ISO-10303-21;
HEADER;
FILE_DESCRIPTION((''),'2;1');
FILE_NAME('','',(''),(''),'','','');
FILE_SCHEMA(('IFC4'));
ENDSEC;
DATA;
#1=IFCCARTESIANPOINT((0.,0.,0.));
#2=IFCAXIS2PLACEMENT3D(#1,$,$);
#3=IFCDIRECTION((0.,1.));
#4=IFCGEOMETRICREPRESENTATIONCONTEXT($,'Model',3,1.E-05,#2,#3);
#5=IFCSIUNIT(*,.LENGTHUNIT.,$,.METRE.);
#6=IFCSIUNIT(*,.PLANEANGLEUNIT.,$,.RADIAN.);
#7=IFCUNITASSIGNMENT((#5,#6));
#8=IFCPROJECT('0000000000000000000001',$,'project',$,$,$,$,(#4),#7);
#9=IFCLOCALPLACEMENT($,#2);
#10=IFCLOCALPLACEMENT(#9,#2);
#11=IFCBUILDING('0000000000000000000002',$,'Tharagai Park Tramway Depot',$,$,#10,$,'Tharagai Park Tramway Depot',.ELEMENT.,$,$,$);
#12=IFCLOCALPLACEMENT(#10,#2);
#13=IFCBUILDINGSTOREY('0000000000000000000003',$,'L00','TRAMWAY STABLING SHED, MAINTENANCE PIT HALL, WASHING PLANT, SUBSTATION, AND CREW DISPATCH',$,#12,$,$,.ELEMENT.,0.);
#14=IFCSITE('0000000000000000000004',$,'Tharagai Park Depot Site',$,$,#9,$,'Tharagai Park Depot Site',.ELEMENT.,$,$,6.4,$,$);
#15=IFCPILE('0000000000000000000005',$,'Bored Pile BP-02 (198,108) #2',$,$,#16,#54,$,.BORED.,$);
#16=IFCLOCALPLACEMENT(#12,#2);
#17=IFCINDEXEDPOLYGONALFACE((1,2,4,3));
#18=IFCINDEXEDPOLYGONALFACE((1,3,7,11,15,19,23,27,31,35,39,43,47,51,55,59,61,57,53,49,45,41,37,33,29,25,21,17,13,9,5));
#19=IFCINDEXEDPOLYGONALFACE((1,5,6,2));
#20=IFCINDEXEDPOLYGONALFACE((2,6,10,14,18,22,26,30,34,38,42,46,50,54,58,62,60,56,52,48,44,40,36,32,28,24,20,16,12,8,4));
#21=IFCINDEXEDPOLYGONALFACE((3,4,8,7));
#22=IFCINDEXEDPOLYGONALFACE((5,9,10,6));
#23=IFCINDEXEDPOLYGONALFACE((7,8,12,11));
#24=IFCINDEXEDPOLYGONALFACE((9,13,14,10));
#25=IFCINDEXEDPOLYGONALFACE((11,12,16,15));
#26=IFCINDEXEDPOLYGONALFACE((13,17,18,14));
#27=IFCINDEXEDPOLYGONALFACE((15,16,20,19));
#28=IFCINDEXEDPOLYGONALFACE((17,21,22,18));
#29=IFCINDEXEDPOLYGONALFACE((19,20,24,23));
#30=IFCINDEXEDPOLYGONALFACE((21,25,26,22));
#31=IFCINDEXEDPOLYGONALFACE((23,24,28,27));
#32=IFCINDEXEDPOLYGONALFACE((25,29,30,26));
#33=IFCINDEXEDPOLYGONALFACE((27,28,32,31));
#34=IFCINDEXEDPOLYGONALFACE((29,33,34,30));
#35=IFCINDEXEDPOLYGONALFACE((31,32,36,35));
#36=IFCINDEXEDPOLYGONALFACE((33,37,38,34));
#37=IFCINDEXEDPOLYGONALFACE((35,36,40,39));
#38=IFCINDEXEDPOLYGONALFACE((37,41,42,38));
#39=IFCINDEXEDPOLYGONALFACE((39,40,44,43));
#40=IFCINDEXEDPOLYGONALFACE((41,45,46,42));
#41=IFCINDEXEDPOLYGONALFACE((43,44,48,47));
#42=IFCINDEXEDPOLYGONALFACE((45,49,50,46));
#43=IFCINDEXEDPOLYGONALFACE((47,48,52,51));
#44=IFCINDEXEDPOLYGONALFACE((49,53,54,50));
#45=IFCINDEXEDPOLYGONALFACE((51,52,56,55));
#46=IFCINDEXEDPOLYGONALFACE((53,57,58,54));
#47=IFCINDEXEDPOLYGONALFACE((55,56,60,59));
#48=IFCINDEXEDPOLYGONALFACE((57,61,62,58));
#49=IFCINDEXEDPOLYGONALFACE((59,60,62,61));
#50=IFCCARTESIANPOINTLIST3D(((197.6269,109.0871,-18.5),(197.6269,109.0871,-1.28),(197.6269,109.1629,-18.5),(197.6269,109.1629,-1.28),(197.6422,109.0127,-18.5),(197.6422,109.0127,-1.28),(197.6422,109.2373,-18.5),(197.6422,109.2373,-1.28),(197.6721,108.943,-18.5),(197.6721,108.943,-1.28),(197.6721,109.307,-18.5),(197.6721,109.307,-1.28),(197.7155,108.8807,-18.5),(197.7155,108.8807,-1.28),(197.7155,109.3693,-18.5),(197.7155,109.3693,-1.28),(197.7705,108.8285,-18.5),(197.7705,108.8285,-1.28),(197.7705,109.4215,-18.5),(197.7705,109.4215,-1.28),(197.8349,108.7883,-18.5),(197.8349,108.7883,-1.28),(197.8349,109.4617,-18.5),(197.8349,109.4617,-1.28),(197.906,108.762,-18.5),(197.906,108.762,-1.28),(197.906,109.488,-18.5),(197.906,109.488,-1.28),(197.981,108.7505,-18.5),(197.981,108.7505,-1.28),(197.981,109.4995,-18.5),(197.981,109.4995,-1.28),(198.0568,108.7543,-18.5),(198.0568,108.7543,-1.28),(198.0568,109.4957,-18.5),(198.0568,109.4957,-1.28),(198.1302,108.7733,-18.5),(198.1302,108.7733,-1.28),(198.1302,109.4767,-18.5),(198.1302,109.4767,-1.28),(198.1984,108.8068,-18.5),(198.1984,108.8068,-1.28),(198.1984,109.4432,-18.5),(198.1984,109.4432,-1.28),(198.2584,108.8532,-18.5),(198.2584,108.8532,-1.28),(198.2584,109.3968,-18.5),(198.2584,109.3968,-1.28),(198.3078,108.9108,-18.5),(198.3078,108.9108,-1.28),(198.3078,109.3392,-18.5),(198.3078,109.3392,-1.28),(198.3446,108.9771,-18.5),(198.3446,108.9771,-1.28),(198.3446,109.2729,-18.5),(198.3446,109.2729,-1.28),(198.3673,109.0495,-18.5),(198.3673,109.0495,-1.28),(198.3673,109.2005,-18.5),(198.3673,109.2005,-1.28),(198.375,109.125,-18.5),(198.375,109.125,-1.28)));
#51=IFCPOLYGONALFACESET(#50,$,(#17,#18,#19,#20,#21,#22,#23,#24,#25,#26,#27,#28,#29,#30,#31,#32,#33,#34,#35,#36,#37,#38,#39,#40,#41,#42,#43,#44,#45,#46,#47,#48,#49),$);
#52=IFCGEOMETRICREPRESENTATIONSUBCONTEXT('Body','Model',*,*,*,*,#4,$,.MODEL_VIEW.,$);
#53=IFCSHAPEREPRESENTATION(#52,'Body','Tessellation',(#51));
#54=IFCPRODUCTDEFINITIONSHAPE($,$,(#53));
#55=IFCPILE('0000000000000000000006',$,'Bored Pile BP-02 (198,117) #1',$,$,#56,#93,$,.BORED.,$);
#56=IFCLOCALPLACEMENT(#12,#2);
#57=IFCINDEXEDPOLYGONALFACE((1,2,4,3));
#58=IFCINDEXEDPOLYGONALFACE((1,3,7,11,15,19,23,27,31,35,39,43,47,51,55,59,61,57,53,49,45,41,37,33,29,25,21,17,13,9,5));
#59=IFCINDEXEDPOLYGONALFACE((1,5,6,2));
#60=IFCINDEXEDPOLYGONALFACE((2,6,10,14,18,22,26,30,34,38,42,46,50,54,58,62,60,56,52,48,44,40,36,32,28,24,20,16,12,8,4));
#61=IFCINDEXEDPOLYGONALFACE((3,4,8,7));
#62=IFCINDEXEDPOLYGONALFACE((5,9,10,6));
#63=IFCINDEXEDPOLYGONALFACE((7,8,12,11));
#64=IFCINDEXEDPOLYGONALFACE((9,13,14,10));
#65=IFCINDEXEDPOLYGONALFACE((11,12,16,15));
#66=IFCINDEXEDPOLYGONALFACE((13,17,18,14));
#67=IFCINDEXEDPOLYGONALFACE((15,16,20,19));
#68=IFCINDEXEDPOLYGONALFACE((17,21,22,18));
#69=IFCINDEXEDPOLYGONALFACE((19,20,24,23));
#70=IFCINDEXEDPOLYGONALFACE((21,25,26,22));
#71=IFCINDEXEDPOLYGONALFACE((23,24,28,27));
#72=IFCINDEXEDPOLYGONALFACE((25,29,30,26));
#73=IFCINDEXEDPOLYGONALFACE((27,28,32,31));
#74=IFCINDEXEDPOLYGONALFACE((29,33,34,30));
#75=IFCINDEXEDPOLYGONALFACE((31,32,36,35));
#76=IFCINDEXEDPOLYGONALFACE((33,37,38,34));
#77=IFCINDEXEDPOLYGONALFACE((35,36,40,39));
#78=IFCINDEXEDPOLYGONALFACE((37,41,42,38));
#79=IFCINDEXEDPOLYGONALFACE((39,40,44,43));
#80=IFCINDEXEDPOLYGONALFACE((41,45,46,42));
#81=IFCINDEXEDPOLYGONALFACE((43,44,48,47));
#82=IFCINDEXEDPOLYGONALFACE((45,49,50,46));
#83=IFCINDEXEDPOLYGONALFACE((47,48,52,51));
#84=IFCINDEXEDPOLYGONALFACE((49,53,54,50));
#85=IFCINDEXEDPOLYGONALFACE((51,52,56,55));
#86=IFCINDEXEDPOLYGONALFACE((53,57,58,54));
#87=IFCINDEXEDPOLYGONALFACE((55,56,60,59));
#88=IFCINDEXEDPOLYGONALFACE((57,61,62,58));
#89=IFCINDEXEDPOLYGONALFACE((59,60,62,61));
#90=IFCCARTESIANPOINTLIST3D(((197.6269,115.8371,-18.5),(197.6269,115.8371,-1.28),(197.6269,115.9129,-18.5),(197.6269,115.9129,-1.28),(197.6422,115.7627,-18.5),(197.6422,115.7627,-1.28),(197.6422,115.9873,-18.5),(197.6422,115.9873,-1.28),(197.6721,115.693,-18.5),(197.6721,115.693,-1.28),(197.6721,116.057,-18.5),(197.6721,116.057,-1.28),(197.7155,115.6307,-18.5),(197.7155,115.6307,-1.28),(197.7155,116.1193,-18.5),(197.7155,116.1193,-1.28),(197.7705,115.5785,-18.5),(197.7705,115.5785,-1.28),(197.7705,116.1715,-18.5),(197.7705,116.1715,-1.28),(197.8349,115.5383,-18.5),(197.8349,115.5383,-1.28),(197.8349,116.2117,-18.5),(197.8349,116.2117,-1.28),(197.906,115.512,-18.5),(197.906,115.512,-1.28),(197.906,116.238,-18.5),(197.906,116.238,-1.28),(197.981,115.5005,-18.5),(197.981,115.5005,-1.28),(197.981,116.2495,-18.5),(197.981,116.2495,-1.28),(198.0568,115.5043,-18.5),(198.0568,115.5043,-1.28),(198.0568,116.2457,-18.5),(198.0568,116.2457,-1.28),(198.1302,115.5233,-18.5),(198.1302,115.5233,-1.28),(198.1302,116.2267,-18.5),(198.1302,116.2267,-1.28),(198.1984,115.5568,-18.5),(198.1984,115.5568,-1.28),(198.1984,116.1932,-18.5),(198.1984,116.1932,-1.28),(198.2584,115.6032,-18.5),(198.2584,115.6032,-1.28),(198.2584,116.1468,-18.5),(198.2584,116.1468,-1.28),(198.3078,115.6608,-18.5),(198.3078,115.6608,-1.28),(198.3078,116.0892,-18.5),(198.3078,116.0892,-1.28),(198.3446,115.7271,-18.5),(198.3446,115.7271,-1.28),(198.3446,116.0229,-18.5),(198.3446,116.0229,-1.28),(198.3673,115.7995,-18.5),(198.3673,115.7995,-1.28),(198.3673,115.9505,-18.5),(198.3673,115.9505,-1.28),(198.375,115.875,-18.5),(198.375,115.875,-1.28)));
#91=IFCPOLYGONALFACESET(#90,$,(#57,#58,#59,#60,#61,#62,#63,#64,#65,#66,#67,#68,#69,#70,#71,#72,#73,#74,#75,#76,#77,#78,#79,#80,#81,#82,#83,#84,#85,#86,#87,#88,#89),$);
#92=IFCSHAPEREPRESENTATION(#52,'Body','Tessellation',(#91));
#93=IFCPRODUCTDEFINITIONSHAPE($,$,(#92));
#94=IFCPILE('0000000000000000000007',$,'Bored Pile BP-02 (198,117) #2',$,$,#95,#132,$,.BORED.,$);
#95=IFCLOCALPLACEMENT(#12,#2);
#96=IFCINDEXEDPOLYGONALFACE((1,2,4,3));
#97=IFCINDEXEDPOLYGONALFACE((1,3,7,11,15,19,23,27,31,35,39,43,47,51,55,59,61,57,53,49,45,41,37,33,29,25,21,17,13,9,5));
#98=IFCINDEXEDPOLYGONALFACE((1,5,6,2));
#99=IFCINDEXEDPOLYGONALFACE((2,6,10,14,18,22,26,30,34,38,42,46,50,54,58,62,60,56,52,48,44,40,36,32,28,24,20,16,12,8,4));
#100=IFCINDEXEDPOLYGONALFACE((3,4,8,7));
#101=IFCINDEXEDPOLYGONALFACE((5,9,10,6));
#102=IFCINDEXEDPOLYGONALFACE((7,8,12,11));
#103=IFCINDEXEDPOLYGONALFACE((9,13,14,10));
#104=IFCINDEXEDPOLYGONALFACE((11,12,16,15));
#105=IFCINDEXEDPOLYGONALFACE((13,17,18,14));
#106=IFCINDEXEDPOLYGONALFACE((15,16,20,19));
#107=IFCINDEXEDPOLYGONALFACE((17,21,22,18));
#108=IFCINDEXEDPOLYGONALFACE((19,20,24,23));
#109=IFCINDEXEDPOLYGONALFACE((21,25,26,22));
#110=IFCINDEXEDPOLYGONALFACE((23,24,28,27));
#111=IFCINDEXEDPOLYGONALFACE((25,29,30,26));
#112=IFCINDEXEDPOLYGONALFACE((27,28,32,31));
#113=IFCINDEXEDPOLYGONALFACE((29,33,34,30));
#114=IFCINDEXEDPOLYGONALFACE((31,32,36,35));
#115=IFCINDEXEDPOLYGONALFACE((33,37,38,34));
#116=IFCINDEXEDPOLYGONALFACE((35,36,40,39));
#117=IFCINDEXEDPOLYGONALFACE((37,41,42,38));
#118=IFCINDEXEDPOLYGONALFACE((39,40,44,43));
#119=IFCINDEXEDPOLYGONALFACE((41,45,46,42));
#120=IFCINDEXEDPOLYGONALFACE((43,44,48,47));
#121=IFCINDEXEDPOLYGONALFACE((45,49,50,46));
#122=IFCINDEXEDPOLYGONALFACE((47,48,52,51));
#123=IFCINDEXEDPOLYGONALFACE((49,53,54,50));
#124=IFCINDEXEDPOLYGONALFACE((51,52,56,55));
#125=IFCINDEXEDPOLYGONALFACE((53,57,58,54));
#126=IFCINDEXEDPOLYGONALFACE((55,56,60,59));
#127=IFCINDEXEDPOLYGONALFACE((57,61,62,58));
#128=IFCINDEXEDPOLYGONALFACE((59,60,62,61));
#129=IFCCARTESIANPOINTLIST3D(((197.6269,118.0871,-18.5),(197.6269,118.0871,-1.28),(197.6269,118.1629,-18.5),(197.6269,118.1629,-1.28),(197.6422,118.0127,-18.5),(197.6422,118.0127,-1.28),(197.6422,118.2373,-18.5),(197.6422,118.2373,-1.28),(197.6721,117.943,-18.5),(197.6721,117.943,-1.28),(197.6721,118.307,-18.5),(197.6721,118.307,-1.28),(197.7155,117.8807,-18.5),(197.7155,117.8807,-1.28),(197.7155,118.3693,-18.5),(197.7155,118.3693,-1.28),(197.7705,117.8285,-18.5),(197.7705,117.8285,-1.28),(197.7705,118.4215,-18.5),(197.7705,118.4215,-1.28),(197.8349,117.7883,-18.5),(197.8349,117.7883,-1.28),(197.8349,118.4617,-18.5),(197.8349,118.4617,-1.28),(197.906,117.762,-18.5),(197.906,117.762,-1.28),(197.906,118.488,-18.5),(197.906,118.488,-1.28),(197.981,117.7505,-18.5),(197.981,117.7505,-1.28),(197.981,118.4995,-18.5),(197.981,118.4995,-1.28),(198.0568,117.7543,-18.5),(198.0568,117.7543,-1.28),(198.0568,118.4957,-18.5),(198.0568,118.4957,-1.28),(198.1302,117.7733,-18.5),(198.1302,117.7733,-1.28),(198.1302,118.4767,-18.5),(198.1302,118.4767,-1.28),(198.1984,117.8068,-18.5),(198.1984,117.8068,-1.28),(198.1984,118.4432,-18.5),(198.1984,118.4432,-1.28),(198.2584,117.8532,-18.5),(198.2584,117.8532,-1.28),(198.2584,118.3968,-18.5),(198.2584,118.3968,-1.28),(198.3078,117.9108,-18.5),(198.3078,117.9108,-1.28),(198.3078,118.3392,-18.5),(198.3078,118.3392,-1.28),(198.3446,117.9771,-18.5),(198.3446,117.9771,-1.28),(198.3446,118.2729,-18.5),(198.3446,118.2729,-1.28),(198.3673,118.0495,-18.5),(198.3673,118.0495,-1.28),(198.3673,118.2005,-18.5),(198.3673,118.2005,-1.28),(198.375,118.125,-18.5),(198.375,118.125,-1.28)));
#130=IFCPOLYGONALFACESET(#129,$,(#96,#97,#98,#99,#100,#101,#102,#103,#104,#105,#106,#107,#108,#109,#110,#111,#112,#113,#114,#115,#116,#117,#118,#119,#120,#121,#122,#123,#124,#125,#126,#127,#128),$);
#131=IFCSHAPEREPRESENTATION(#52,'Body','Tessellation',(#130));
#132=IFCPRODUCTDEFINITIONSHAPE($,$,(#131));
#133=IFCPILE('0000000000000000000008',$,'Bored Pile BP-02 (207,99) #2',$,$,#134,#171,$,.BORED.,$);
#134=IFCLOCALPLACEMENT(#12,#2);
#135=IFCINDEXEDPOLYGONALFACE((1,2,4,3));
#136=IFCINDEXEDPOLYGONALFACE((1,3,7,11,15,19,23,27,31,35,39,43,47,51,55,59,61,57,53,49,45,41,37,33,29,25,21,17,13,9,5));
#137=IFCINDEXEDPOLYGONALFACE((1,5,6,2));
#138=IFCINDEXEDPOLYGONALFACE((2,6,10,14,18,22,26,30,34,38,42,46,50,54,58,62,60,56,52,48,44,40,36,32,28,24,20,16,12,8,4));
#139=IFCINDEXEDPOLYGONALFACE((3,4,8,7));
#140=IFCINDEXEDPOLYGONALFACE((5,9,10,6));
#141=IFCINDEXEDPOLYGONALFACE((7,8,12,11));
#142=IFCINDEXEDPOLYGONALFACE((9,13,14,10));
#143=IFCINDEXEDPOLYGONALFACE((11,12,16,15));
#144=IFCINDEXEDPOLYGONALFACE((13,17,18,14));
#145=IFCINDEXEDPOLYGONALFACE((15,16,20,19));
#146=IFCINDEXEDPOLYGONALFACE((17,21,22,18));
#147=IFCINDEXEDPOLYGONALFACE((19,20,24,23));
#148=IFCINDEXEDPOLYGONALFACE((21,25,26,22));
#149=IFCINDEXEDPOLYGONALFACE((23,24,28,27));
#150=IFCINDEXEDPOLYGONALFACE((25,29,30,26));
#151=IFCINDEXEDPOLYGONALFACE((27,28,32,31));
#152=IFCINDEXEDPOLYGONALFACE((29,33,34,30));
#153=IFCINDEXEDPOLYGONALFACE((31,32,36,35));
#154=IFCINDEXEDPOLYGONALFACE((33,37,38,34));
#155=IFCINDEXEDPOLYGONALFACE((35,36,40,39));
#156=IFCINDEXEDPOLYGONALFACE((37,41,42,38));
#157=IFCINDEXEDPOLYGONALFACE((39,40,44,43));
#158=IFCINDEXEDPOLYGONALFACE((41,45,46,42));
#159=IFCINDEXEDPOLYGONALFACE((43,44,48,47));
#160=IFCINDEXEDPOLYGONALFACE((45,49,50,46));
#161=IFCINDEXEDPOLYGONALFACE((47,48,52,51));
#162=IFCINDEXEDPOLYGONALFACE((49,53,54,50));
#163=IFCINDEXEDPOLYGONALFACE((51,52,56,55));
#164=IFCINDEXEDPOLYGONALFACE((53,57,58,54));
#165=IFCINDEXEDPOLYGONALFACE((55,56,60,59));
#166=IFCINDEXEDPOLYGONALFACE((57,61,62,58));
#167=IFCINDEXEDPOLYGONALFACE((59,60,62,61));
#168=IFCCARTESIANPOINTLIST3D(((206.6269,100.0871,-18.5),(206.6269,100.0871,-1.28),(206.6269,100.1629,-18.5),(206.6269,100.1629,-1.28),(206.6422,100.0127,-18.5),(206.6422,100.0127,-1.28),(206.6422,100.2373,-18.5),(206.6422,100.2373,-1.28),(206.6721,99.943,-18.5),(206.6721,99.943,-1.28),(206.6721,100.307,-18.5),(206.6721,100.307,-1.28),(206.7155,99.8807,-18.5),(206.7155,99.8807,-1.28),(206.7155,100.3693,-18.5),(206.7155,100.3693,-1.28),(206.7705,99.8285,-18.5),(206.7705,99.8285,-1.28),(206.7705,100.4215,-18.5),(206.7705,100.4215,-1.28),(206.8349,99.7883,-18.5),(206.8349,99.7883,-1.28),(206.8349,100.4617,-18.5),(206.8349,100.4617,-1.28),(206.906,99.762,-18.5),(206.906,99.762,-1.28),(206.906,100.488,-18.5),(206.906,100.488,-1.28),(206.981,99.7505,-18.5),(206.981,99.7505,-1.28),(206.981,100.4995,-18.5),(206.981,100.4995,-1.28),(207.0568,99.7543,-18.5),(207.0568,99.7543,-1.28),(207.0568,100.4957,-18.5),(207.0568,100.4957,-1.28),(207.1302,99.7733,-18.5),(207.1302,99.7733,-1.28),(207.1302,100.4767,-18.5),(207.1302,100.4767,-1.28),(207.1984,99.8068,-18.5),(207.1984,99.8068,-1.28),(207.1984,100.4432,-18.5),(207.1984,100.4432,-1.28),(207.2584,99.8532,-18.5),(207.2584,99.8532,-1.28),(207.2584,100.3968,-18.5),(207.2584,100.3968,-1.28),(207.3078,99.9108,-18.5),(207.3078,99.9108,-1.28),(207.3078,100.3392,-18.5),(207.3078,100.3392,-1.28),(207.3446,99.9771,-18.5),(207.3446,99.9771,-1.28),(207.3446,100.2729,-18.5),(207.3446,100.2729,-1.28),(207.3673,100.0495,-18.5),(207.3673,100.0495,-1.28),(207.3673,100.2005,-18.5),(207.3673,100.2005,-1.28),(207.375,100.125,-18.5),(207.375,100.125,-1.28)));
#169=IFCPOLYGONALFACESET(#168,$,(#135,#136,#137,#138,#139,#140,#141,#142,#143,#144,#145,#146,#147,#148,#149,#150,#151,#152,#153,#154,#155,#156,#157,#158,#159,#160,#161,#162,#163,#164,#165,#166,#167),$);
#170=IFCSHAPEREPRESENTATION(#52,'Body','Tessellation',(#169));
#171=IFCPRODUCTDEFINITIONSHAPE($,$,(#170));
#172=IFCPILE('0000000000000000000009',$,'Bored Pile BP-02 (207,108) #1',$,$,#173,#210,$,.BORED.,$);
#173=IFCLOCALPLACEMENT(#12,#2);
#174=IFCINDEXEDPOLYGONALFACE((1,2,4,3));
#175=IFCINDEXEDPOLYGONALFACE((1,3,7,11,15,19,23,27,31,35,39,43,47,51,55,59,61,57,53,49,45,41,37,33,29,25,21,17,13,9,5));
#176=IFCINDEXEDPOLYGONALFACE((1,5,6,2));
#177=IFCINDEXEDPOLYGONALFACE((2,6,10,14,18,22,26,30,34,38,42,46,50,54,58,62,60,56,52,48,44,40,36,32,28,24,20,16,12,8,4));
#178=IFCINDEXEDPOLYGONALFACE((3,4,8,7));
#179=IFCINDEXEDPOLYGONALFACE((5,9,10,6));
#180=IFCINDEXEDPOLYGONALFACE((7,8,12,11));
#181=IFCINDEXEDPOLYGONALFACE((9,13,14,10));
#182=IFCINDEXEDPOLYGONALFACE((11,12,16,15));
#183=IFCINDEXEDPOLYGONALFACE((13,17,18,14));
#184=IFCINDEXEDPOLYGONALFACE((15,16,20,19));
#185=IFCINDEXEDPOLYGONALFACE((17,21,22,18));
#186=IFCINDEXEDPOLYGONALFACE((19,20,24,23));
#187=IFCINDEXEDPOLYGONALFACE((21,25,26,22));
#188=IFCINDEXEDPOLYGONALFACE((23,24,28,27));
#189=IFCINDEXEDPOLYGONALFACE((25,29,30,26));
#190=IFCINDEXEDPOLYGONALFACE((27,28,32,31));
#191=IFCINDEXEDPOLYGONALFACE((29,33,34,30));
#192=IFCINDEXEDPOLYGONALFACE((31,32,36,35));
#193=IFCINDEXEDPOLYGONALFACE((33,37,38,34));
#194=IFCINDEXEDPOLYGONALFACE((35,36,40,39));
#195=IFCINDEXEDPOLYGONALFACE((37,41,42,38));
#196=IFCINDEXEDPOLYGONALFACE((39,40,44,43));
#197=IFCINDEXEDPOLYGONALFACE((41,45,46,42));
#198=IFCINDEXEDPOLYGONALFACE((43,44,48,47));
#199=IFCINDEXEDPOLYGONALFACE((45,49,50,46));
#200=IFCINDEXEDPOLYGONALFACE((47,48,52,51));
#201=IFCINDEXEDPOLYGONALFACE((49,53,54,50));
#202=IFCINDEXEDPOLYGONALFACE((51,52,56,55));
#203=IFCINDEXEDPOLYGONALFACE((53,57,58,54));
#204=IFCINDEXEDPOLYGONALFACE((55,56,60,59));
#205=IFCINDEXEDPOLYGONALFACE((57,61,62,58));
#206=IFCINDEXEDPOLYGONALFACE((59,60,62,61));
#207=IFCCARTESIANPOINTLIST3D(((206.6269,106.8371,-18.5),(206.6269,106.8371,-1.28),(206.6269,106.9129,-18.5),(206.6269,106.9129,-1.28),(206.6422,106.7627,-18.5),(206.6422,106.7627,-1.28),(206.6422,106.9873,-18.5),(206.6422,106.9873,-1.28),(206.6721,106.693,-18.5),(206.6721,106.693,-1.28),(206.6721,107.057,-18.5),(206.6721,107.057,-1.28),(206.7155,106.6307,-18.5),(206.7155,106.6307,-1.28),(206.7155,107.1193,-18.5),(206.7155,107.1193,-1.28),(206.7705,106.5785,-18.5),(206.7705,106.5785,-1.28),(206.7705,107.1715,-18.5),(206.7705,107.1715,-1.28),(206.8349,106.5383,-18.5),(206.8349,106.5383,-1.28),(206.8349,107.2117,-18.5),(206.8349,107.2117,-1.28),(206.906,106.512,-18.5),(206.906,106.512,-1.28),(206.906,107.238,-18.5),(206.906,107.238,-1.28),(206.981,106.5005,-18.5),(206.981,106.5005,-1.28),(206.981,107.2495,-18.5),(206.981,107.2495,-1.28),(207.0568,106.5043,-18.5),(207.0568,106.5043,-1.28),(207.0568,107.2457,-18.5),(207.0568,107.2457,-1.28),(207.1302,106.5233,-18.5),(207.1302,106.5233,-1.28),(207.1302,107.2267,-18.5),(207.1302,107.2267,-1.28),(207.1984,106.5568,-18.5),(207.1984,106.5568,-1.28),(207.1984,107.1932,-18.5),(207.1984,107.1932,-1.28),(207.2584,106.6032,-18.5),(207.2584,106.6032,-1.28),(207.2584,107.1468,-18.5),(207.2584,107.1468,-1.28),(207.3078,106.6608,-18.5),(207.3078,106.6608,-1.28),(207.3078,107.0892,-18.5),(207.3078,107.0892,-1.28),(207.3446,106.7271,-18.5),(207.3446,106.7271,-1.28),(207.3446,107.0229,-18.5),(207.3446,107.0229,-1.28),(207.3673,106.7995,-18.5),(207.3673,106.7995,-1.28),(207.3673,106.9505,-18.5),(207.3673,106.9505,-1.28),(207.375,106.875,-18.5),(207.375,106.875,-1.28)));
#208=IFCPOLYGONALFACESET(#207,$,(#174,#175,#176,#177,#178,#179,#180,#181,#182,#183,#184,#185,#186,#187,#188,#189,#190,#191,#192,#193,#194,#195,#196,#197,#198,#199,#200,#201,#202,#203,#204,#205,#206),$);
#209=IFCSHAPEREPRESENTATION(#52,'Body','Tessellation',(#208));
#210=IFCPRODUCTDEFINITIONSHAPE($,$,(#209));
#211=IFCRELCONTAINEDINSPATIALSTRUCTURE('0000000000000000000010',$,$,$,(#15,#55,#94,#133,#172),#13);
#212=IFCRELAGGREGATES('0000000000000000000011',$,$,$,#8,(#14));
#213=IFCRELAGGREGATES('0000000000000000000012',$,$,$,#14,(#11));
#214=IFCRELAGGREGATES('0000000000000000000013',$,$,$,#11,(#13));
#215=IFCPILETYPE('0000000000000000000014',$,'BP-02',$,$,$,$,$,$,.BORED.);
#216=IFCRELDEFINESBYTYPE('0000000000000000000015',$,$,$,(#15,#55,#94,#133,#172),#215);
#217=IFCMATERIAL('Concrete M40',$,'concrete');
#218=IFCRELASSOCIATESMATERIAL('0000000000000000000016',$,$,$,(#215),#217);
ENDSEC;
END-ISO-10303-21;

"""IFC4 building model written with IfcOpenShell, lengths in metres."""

from ifc_helpers import new_model, si_unit, direction, frame, origin, origin_2d, place, context, subcontext, project, spatial, circle, extrude, material, material_profile, profile_set, type_object, element, save


model = new_model("IFC4")

# Units and contexts
model_context = context("Model", 3, precision=1e-05, world=origin(), true_north=direction((0.0, 1.0)))
body_context = subcontext(model_context, "Body", "Model", "MODEL_VIEW")
ifc_project = project(units=[si_unit("LENGTHUNIT", "METRE"), si_unit("PLANEANGLEUNIT", "RADIAN")], contexts=[model_context])

# Site, building, storey
site_placement = place(None, origin())
site = spatial("IfcSite", under=ifc_project, at=site_placement, Name="Tharagai Park Depot Site", LongName="Tharagai Park Depot Site", CompositionType="ELEMENT", RefElevation=6.4)
building_placement = place(site_placement, origin())
building = spatial("IfcBuilding", under=site, at=building_placement, Name="Tharagai Park Tramway Depot", LongName="Tharagai Park Tramway Depot", CompositionType="ELEMENT")
storey_placement = place(building_placement, origin())
storey = spatial("IfcBuildingStorey", under=building, at=storey_placement, Name="L00", Description="TRAMWAY STABLING SHED, MAINTENANCE PIT HALL, WASHING PLANT, SUBSTATION, AND CREW DISPATCH", CompositionType="ELEMENT", Elevation=0.0)

# Piles
ifc_material_1 = material(Name="Concrete M40", Category="concrete")
ifc_material_profile_1 = material_profile(ifc_material_1, circle(Radius=0.375, at=origin_2d()), Name="PILE D750")
ifc_profile_set_1 = profile_set([ifc_material_profile_1], Name="Concrete M40")
pile_type = type_object("IfcPileType", Name="BP-02", PredefinedType="BORED", material=ifc_profile_set_1)
for number, where, z_axis, x_axis, name in (
    (1, (198.0, 109.125, -1.28), (0.0, 0.0, -1.0), (1.0, 0.0, 0.0), "Bored Pile BP-02 (198,108) #2"),
    (2, (198.0, 115.875, -1.28), (0.0, 0.0, -1.0), (1.0, 0.0, 0.0), "Bored Pile BP-02 (198,117) #1"),
    (3, (198.0, 118.125, -1.28), (0.0, 0.0, -1.0), (1.0, 0.0, 0.0), "Bored Pile BP-02 (198,117) #2"),
    (4, (207.0, 100.125, -1.28), (0.0, 0.0, -1.0), (1.0, 0.0, 0.0), "Bored Pile BP-02 (207,99) #2"),
    (5, (207.0, 106.875, -1.28), (0.0, 0.0, -1.0), (1.0, 0.0, 0.0), "Bored Pile BP-02 (207,108) #1"),
):
    element("IfcPile", number, at=place(storey_placement, frame(where, z_axis=z_axis, x_axis=x_axis)), inside=storey, type_object=pile_type, Name=name, PredefinedType="BORED", context=body_context, shape_type="SweptSolid", body=[
        extrude(circle(Radius=0.375, at=origin_2d()), origin(), (0.0, 0.0, 1.0), 17.22),
    ])

save(model, "model.ifc")
